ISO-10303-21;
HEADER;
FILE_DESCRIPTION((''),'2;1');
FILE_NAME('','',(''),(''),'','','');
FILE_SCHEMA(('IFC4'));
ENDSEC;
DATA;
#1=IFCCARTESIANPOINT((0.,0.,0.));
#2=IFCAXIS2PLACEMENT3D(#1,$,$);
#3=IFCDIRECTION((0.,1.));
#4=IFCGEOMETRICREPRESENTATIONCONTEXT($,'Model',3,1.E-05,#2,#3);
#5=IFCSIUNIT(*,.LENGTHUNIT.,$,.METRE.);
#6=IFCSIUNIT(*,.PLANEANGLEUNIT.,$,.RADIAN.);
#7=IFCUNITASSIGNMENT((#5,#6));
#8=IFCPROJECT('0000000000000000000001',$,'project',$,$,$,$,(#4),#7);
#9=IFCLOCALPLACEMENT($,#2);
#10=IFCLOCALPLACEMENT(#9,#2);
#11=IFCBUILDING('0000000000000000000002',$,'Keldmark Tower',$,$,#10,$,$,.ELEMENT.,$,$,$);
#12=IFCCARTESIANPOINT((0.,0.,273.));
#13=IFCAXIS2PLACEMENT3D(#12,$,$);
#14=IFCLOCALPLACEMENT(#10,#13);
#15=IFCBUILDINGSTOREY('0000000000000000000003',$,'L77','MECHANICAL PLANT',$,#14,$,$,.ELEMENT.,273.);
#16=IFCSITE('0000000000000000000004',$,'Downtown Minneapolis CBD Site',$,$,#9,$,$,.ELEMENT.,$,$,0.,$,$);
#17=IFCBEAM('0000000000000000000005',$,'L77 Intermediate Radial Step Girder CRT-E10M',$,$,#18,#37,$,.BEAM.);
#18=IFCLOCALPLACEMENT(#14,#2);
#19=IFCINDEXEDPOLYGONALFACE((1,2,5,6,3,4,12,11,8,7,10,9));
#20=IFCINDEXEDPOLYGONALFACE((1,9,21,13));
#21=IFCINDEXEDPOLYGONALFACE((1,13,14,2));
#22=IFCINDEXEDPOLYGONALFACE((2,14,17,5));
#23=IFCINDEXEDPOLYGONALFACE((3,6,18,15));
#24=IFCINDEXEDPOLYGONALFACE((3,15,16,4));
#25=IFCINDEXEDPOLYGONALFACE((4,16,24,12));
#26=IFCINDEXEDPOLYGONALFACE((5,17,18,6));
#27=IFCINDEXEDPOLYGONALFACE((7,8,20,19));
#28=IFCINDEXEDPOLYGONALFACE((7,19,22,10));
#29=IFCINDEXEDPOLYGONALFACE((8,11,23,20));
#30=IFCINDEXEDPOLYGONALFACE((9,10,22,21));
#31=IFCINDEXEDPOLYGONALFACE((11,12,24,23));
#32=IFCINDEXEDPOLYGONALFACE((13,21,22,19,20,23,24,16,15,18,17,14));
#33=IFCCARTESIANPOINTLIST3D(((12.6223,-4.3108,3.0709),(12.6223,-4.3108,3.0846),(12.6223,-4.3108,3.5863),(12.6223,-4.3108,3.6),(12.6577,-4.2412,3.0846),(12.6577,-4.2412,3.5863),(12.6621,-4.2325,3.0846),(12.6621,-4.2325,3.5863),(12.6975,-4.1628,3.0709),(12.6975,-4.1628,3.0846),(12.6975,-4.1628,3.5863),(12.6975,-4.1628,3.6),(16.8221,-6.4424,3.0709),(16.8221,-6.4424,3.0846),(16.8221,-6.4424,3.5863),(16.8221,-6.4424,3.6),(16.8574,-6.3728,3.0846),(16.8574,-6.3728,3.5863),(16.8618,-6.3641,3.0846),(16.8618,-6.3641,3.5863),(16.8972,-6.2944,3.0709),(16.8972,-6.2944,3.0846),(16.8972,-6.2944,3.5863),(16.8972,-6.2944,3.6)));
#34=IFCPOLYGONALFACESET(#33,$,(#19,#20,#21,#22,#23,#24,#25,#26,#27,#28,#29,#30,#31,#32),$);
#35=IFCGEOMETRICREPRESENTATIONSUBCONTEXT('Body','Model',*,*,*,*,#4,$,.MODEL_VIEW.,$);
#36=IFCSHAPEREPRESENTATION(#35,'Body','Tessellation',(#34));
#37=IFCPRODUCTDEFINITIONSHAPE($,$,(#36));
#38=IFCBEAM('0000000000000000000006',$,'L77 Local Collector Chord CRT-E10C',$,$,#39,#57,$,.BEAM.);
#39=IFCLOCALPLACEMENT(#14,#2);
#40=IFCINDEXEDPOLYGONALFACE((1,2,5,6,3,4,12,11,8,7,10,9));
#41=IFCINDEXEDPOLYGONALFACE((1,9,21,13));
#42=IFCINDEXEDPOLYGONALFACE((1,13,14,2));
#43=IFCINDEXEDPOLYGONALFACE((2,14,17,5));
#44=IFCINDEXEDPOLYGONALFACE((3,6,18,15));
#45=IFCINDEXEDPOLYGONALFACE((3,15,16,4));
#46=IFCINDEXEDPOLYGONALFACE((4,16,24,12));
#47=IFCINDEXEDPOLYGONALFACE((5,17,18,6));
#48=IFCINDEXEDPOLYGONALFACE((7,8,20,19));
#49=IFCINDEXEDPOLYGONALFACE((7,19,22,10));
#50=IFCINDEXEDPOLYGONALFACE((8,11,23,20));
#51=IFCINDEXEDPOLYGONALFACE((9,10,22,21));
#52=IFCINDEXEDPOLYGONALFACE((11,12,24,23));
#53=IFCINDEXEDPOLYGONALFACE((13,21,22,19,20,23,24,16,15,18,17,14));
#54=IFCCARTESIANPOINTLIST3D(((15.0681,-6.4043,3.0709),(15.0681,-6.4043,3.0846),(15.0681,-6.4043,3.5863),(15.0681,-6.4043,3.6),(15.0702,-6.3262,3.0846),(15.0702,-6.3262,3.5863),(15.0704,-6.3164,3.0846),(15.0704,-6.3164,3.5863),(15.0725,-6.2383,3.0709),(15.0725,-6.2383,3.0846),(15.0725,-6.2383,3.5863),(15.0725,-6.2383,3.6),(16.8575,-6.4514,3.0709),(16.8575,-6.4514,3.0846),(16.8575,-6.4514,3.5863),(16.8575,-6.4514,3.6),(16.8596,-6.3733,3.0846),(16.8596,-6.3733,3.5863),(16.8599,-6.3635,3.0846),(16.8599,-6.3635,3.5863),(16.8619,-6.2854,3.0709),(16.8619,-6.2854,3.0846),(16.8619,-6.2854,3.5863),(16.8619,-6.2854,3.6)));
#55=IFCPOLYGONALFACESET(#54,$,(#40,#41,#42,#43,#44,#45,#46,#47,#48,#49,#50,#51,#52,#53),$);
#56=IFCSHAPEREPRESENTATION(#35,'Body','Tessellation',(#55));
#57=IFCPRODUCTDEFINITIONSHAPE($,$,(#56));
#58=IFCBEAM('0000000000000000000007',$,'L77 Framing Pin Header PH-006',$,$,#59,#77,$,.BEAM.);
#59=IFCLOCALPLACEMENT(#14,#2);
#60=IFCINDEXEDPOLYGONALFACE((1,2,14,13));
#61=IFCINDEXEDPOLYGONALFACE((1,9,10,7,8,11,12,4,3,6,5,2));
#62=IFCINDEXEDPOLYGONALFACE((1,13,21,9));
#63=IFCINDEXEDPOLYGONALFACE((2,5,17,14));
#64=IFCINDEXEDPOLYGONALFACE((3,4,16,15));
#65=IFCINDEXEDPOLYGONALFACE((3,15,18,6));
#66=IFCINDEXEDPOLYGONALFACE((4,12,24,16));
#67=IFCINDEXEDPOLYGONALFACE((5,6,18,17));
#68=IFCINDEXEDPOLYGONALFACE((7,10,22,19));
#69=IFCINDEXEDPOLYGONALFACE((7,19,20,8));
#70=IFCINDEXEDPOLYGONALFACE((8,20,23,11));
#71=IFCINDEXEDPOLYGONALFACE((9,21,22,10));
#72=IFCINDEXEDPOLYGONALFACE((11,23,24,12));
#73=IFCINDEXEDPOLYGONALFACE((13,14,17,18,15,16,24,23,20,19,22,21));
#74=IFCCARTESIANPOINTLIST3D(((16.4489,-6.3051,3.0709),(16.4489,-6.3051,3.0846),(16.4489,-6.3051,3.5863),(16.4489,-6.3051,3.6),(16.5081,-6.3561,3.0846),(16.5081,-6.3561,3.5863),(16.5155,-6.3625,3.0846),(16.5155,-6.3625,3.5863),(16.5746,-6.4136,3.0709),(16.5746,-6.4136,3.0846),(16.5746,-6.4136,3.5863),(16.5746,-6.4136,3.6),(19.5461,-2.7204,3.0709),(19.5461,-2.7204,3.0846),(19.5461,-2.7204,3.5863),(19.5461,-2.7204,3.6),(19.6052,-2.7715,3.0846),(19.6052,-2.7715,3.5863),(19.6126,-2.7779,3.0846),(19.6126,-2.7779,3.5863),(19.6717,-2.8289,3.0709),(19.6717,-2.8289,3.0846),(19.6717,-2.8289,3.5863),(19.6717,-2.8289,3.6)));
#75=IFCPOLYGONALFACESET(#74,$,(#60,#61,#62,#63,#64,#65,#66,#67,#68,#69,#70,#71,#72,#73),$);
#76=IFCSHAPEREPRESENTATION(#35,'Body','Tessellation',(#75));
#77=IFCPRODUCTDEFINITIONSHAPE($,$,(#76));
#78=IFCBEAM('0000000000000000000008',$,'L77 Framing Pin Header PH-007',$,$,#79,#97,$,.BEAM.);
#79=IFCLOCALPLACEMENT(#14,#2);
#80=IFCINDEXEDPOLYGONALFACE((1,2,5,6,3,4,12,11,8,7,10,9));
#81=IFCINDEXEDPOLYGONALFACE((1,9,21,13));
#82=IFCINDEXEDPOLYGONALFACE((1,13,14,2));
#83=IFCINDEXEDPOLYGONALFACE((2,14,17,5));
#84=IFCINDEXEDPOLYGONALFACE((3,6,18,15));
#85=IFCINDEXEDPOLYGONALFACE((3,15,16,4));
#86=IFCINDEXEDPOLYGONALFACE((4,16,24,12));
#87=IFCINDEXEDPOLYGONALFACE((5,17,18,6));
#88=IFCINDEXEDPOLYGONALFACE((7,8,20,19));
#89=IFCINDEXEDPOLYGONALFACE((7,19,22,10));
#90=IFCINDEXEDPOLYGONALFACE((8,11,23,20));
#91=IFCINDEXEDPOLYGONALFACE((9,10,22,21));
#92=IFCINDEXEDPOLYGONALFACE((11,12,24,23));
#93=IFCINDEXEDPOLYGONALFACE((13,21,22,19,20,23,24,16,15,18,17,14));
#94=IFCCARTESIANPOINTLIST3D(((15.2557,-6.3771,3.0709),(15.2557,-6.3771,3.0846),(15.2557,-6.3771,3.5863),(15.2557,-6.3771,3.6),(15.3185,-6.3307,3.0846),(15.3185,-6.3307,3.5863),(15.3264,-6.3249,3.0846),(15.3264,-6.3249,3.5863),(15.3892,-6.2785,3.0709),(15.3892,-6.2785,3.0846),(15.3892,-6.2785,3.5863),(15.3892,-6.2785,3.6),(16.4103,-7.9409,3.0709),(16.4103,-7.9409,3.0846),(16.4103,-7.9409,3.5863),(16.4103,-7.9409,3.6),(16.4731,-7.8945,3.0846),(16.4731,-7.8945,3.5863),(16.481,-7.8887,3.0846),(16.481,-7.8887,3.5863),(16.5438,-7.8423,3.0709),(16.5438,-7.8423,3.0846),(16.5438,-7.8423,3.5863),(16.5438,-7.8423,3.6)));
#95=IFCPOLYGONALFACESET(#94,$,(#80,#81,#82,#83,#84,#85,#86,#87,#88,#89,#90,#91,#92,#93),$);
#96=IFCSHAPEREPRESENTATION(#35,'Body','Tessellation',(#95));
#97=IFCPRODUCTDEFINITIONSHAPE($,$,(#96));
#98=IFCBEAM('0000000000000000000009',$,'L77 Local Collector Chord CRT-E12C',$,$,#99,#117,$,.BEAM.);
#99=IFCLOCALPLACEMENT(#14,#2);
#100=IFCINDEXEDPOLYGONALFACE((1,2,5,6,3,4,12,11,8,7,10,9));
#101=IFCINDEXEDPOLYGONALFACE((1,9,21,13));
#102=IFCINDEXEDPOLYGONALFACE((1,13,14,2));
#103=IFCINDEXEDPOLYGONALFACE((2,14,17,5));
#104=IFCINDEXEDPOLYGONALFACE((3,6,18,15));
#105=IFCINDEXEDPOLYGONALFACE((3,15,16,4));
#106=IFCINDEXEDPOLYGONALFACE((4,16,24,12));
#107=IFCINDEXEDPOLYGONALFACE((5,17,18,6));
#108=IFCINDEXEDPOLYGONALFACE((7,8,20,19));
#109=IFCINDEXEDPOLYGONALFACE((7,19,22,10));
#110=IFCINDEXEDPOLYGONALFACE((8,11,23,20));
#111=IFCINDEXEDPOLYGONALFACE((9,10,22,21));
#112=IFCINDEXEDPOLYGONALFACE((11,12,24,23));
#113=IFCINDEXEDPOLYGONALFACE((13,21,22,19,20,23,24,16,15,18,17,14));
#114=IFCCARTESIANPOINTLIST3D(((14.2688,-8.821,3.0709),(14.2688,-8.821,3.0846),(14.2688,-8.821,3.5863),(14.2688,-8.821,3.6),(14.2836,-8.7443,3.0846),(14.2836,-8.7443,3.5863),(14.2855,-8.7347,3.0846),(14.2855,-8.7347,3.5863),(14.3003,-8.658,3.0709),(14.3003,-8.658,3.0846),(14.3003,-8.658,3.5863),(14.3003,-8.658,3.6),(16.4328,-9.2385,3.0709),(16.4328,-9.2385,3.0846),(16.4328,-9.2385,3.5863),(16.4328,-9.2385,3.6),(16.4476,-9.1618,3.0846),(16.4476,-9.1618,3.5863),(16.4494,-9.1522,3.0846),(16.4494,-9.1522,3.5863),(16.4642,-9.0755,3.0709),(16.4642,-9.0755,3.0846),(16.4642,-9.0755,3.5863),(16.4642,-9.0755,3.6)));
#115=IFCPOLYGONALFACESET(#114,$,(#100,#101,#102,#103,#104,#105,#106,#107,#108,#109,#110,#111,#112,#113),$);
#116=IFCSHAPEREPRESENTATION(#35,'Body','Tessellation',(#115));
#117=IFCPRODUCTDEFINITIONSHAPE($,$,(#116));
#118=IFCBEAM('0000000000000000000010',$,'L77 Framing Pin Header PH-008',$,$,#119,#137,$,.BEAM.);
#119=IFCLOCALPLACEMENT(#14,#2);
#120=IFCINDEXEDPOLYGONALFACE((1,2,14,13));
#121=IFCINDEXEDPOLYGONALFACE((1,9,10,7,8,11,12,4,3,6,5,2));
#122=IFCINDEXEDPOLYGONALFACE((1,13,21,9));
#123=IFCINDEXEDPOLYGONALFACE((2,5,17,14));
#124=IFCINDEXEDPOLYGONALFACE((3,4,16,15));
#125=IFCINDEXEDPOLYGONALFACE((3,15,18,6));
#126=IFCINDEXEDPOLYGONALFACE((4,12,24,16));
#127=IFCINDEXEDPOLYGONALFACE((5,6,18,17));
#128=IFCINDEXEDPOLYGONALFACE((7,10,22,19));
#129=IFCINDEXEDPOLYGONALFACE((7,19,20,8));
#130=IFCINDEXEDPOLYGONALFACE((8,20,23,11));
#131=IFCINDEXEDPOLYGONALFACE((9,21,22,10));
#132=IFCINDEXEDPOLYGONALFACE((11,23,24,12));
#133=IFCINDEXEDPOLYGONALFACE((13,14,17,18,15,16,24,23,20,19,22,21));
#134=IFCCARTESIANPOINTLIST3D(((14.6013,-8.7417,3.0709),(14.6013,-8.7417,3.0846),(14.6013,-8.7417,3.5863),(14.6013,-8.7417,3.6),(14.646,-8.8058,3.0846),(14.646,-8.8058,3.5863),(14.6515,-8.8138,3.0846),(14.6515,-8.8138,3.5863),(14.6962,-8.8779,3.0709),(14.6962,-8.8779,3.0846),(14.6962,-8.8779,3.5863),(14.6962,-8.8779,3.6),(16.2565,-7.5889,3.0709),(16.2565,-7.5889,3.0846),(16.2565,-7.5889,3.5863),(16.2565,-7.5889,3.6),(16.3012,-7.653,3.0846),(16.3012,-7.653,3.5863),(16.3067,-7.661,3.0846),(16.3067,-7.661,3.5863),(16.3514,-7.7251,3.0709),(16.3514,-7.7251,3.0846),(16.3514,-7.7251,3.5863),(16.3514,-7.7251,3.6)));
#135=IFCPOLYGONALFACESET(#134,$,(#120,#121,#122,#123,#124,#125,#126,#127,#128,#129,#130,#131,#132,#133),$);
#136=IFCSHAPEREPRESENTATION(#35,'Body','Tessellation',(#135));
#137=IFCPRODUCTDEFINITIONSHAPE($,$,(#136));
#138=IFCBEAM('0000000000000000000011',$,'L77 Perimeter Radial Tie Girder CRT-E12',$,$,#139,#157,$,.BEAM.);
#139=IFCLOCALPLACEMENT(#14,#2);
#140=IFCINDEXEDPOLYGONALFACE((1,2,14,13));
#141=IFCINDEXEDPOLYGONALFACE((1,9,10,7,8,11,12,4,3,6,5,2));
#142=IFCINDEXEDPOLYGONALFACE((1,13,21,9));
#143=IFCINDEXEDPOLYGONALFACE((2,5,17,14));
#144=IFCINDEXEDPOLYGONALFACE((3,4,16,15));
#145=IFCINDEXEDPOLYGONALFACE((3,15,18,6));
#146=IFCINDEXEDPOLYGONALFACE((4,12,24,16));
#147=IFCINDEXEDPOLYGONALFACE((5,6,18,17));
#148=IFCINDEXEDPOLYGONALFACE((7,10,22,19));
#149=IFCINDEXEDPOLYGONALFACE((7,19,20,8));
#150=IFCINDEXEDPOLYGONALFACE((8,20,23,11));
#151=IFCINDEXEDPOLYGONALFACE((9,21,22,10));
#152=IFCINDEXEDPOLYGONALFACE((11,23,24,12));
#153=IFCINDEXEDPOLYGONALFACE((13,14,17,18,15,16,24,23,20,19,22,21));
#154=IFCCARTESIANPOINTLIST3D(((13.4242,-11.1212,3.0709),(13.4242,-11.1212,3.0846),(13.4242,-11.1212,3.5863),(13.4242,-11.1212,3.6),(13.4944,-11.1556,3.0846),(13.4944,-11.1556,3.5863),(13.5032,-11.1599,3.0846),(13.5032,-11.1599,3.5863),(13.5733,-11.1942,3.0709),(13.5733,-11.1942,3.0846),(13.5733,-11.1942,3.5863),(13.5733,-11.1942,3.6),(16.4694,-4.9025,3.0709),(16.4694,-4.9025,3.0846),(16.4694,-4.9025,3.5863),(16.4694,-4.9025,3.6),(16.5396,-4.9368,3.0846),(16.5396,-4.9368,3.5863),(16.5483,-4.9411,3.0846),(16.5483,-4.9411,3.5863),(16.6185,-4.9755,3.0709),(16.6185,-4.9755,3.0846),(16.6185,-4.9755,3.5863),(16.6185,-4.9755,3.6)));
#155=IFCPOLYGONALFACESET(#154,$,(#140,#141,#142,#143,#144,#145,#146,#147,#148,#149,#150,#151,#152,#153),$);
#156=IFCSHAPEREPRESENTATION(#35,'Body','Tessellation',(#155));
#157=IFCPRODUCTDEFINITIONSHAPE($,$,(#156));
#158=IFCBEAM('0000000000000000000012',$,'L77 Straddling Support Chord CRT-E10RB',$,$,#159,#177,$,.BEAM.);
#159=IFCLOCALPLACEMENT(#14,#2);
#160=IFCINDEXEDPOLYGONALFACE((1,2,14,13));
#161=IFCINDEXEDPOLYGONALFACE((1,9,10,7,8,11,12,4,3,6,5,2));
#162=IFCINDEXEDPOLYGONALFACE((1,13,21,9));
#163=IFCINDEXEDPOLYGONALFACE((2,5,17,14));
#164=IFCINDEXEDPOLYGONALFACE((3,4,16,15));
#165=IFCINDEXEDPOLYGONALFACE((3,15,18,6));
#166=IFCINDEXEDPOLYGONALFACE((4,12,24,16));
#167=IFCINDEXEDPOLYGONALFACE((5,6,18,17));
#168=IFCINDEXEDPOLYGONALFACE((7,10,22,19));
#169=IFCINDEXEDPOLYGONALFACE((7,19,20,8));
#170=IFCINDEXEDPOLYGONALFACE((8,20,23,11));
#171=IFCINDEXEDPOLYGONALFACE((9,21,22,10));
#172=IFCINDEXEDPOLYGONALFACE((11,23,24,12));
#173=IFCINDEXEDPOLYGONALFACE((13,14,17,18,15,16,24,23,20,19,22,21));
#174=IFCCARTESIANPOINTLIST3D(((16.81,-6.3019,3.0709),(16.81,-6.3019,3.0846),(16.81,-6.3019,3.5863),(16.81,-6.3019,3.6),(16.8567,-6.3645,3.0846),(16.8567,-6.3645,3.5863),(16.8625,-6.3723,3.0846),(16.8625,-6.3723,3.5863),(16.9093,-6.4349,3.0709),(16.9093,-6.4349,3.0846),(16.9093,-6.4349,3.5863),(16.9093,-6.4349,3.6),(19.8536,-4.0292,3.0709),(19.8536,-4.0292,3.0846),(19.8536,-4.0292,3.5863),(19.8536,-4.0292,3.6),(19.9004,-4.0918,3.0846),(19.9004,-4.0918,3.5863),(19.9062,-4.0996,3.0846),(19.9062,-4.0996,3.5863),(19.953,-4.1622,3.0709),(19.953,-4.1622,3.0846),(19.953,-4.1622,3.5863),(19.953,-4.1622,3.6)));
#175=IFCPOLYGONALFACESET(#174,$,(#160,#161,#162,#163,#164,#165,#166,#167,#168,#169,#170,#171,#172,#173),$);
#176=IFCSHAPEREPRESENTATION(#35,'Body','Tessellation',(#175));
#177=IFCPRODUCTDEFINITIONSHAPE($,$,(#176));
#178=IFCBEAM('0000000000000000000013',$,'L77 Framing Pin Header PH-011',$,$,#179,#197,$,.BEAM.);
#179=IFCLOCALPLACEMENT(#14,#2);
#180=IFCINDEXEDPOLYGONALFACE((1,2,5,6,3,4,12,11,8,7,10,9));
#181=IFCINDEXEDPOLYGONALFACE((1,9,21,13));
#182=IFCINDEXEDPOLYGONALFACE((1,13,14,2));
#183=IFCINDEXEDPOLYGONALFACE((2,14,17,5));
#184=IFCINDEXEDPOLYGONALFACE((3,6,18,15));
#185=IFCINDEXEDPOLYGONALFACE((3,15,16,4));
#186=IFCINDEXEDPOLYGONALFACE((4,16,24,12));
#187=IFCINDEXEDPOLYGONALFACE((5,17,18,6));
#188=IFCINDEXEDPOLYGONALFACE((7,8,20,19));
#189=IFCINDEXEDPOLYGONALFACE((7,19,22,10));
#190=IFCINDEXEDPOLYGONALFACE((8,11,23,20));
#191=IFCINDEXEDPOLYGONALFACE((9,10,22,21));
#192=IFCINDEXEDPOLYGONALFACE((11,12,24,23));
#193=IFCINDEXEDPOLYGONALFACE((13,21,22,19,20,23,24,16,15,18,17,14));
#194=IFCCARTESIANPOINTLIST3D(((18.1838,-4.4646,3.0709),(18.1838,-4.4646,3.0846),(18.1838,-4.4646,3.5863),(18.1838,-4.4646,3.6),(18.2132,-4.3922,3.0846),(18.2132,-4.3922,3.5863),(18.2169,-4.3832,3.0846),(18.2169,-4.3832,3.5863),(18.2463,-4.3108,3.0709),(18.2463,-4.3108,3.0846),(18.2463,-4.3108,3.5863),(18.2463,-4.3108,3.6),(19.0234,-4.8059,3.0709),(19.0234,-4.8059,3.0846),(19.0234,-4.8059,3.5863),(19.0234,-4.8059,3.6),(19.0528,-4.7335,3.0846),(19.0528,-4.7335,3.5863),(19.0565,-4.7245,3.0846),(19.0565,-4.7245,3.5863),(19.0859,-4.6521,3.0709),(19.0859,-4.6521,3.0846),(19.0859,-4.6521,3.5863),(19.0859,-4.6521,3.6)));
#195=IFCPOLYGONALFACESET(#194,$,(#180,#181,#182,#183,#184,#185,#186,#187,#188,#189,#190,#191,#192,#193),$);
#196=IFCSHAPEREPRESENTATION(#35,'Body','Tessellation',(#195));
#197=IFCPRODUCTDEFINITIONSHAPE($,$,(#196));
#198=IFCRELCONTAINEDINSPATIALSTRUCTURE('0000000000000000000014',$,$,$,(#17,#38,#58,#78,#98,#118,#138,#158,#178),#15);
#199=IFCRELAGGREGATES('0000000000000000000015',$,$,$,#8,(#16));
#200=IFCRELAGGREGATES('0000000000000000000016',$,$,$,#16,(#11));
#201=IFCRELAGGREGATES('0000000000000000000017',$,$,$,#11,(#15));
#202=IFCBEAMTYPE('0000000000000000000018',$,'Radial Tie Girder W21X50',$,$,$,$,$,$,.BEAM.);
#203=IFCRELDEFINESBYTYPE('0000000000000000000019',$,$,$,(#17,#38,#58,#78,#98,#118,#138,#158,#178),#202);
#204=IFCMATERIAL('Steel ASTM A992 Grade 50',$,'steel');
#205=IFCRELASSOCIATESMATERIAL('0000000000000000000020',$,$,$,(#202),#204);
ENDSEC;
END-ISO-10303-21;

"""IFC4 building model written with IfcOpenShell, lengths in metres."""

from ifc_helpers import new_model, si_unit, direction, frame, origin, origin_2d, place, context, subcontext, project, spatial, i_section, extrude, material, material_profile, profile_set, type_object, element, save


model = new_model("IFC4")

# Units and contexts
model_context = context("Model", 3, precision=1e-05, world=origin(), true_north=direction((0.0, 1.0)))
body_context = subcontext(model_context, "Body", "Model", "MODEL_VIEW")
ifc_project = project(units=[si_unit("LENGTHUNIT", "METRE"), si_unit("PLANEANGLEUNIT", "RADIAN")], contexts=[model_context])

# Site, building, storey
site_placement = place(None, origin())
site = spatial("IfcSite", under=ifc_project, at=site_placement, Name="Downtown Minneapolis CBD Site", CompositionType="ELEMENT", RefElevation=0.0)
building_placement = place(site_placement, origin())
building = spatial("IfcBuilding", under=site, at=building_placement, Name="Keldmark Tower", CompositionType="ELEMENT")
storey_placement = place(building_placement, frame((0.0, 0.0, 273.0)))
storey = spatial("IfcBuildingStorey", under=building, at=storey_placement, Name="L77", Description="MECHANICAL PLANT", CompositionType="ELEMENT", Elevation=273.0)

# Beams
ifc_material_1 = material(Name="Steel ASTM A992 Grade 50", Category="steel")
ifc_material_profile_1 = material_profile(ifc_material_1, i_section(OverallWidth=0.166, OverallDepth=0.5291, WebThickness=0.0098, FlangeThickness=0.0137, at=origin_2d()), Name="W21X50")
ifc_profile_set_1 = profile_set([ifc_material_profile_1], Name="Steel ASTM A992 Grade 50")
beam_type_1 = type_object("IfcBeamType", Name="Radial Tie Girder W21X50", PredefinedType="BEAM", material=ifc_profile_set_1)
beam_1_placement = place(storey_placement, frame((12.6599, -4.2368, 3.3354), z_axis=(0.891715, -0.452597, 0.0), x_axis=(0.452597, 0.891715, 0.0)))
element("IfcBeam", 1, at=beam_1_placement, inside=storey, type_object=beam_type_1, Name="L77 Intermediate Radial Step Girder CRT-E10M", PredefinedType="BEAM", context=body_context, shape_type="SweptSolid", body=[
    extrude(i_section(OverallWidth=0.166, OverallDepth=0.5291, WebThickness=0.0098, FlangeThickness=0.0137, at=origin_2d()), origin(), (0.0, 0.0, 1.0), 4.7097),
])
beam_2_placement = place(storey_placement, frame((15.0703, -6.3213, 3.3354), z_axis=(0.999653, -0.026325, 0.0), x_axis=(0.026325, 0.999653, 0.0)))
element("IfcBeam", 2, at=beam_2_placement, inside=storey, type_object=beam_type_1, Name="L77 Local Collector Chord CRT-E10C", PredefinedType="BEAM", context=body_context, shape_type="SweptSolid", body=[
    extrude(i_section(OverallWidth=0.166, OverallDepth=0.5291, WebThickness=0.0098, FlangeThickness=0.0137, at=origin_2d()), origin(), (0.0, 0.0, 1.0), 1.79),
])
beam_3_placement = place(storey_placement, frame((19.6089, -2.7747, 3.3354), z_axis=(-0.653774, -0.75669, 0.0), x_axis=(0.75669, -0.653774, 0.0)))
element("IfcBeam", 3, at=beam_3_placement, inside=storey, type_object=beam_type_1, Name="L77 Framing Pin Header PH-006", PredefinedType="BEAM", context=body_context, shape_type="SweptSolid", body=[
    extrude(i_section(OverallWidth=0.166, OverallDepth=0.5291, WebThickness=0.0098, FlangeThickness=0.0137, at=origin_2d()), origin(), (0.0, 0.0, 1.0), 4.7373),
])
beam_4_placement = place(storey_placement, frame((16.4771, -7.8916, 3.3354), z_axis=(-0.593974, 0.804484, 0.0), x_axis=(-0.804484, -0.593974, 0.0)))
element("IfcBeam", 4, at=beam_4_placement, inside=storey, type_object=beam_type_1, Name="L77 Framing Pin Header PH-007", PredefinedType="BEAM", context=body_context, shape_type="SweptSolid", body=[
    extrude(i_section(OverallWidth=0.166, OverallDepth=0.5291, WebThickness=0.0098, FlangeThickness=0.0137, at=origin_2d()), origin(), (0.0, 0.0, 1.0), 1.9438),
])
beam_5_placement = place(storey_placement, frame((16.4485, -9.157, 3.3354), z_axis=(-0.981896, 0.189423, 0.0), x_axis=(-0.189423, -0.981896, 0.0)))
element("IfcBeam", 5, at=beam_5_placement, inside=storey, type_object=beam_type_1, Name="L77 Local Collector Chord CRT-E12C", PredefinedType="BEAM", context=body_context, shape_type="SweptSolid", body=[
    extrude(i_section(OverallWidth=0.166, OverallDepth=0.5291, WebThickness=0.0098, FlangeThickness=0.0137, at=origin_2d()), origin(), (0.0, 0.0, 1.0), 2.2039),
])
beam_6_placement = place(storey_placement, frame((16.304, -7.657, 3.3354), z_axis=(-0.820594, -0.571511, 0.0), x_axis=(0.571511, -0.820594, 0.0)))
element("IfcBeam", 6, at=beam_6_placement, inside=storey, type_object=beam_type_1, Name="L77 Framing Pin Header PH-008", PredefinedType="BEAM", context=body_context, shape_type="SweptSolid", body=[
    extrude(i_section(OverallWidth=0.166, OverallDepth=0.5291, WebThickness=0.0098, FlangeThickness=0.0137, at=origin_2d()), origin(), (0.0, 0.0, 1.0), 2.0171),
])
beam_7_placement = place(storey_placement, frame((16.5439, -4.939, 3.3354), z_axis=(-0.43978, -0.898106, 0.0), x_axis=(0.898106, -0.43978, 0.0)))
element("IfcBeam", 7, at=beam_7_placement, inside=storey, type_object=beam_type_1, Name="L77 Perimeter Radial Tie Girder CRT-E12", PredefinedType="BEAM", context=body_context, shape_type="SweptSolid", body=[
    extrude(i_section(OverallWidth=0.166, OverallDepth=0.5291, WebThickness=0.0098, FlangeThickness=0.0137, at=origin_2d()), origin(), (0.0, 0.0, 1.0), 6.9243),
])
beam_8_placement = place(storey_placement, frame((16.8596, -6.3684, 3.3354), z_axis=(0.801271, 0.598302, 0.0), x_axis=(-0.598302, 0.801271, 0.0)))
element("IfcBeam", 8, at=beam_8_placement, inside=storey, type_object=beam_type_1, Name="L77 Straddling Support Chord CRT-E10RB", PredefinedType="BEAM", context=body_context, shape_type="SweptSolid", body=[
    extrude(i_section(OverallWidth=0.166, OverallDepth=0.5291, WebThickness=0.0098, FlangeThickness=0.0137, at=origin_2d()), origin(), (0.0, 0.0, 1.0), 3.7986),
])
beam_9_placement = place(storey_placement, frame((18.2151, -4.3877, 3.3354), z_axis=(0.926381, -0.376587, 0.0), x_axis=(0.376587, 0.926381, 0.0)))
element("IfcBeam", 9, at=beam_9_placement, inside=storey, type_object=beam_type_1, Name="L77 Framing Pin Header PH-011", PredefinedType="BEAM", context=body_context, shape_type="SweptSolid", body=[
    extrude(i_section(OverallWidth=0.166, OverallDepth=0.5291, WebThickness=0.0098, FlangeThickness=0.0137, at=origin_2d()), origin(), (0.0, 0.0, 1.0), 0.9062),
])

save(model, "model.ifc")
